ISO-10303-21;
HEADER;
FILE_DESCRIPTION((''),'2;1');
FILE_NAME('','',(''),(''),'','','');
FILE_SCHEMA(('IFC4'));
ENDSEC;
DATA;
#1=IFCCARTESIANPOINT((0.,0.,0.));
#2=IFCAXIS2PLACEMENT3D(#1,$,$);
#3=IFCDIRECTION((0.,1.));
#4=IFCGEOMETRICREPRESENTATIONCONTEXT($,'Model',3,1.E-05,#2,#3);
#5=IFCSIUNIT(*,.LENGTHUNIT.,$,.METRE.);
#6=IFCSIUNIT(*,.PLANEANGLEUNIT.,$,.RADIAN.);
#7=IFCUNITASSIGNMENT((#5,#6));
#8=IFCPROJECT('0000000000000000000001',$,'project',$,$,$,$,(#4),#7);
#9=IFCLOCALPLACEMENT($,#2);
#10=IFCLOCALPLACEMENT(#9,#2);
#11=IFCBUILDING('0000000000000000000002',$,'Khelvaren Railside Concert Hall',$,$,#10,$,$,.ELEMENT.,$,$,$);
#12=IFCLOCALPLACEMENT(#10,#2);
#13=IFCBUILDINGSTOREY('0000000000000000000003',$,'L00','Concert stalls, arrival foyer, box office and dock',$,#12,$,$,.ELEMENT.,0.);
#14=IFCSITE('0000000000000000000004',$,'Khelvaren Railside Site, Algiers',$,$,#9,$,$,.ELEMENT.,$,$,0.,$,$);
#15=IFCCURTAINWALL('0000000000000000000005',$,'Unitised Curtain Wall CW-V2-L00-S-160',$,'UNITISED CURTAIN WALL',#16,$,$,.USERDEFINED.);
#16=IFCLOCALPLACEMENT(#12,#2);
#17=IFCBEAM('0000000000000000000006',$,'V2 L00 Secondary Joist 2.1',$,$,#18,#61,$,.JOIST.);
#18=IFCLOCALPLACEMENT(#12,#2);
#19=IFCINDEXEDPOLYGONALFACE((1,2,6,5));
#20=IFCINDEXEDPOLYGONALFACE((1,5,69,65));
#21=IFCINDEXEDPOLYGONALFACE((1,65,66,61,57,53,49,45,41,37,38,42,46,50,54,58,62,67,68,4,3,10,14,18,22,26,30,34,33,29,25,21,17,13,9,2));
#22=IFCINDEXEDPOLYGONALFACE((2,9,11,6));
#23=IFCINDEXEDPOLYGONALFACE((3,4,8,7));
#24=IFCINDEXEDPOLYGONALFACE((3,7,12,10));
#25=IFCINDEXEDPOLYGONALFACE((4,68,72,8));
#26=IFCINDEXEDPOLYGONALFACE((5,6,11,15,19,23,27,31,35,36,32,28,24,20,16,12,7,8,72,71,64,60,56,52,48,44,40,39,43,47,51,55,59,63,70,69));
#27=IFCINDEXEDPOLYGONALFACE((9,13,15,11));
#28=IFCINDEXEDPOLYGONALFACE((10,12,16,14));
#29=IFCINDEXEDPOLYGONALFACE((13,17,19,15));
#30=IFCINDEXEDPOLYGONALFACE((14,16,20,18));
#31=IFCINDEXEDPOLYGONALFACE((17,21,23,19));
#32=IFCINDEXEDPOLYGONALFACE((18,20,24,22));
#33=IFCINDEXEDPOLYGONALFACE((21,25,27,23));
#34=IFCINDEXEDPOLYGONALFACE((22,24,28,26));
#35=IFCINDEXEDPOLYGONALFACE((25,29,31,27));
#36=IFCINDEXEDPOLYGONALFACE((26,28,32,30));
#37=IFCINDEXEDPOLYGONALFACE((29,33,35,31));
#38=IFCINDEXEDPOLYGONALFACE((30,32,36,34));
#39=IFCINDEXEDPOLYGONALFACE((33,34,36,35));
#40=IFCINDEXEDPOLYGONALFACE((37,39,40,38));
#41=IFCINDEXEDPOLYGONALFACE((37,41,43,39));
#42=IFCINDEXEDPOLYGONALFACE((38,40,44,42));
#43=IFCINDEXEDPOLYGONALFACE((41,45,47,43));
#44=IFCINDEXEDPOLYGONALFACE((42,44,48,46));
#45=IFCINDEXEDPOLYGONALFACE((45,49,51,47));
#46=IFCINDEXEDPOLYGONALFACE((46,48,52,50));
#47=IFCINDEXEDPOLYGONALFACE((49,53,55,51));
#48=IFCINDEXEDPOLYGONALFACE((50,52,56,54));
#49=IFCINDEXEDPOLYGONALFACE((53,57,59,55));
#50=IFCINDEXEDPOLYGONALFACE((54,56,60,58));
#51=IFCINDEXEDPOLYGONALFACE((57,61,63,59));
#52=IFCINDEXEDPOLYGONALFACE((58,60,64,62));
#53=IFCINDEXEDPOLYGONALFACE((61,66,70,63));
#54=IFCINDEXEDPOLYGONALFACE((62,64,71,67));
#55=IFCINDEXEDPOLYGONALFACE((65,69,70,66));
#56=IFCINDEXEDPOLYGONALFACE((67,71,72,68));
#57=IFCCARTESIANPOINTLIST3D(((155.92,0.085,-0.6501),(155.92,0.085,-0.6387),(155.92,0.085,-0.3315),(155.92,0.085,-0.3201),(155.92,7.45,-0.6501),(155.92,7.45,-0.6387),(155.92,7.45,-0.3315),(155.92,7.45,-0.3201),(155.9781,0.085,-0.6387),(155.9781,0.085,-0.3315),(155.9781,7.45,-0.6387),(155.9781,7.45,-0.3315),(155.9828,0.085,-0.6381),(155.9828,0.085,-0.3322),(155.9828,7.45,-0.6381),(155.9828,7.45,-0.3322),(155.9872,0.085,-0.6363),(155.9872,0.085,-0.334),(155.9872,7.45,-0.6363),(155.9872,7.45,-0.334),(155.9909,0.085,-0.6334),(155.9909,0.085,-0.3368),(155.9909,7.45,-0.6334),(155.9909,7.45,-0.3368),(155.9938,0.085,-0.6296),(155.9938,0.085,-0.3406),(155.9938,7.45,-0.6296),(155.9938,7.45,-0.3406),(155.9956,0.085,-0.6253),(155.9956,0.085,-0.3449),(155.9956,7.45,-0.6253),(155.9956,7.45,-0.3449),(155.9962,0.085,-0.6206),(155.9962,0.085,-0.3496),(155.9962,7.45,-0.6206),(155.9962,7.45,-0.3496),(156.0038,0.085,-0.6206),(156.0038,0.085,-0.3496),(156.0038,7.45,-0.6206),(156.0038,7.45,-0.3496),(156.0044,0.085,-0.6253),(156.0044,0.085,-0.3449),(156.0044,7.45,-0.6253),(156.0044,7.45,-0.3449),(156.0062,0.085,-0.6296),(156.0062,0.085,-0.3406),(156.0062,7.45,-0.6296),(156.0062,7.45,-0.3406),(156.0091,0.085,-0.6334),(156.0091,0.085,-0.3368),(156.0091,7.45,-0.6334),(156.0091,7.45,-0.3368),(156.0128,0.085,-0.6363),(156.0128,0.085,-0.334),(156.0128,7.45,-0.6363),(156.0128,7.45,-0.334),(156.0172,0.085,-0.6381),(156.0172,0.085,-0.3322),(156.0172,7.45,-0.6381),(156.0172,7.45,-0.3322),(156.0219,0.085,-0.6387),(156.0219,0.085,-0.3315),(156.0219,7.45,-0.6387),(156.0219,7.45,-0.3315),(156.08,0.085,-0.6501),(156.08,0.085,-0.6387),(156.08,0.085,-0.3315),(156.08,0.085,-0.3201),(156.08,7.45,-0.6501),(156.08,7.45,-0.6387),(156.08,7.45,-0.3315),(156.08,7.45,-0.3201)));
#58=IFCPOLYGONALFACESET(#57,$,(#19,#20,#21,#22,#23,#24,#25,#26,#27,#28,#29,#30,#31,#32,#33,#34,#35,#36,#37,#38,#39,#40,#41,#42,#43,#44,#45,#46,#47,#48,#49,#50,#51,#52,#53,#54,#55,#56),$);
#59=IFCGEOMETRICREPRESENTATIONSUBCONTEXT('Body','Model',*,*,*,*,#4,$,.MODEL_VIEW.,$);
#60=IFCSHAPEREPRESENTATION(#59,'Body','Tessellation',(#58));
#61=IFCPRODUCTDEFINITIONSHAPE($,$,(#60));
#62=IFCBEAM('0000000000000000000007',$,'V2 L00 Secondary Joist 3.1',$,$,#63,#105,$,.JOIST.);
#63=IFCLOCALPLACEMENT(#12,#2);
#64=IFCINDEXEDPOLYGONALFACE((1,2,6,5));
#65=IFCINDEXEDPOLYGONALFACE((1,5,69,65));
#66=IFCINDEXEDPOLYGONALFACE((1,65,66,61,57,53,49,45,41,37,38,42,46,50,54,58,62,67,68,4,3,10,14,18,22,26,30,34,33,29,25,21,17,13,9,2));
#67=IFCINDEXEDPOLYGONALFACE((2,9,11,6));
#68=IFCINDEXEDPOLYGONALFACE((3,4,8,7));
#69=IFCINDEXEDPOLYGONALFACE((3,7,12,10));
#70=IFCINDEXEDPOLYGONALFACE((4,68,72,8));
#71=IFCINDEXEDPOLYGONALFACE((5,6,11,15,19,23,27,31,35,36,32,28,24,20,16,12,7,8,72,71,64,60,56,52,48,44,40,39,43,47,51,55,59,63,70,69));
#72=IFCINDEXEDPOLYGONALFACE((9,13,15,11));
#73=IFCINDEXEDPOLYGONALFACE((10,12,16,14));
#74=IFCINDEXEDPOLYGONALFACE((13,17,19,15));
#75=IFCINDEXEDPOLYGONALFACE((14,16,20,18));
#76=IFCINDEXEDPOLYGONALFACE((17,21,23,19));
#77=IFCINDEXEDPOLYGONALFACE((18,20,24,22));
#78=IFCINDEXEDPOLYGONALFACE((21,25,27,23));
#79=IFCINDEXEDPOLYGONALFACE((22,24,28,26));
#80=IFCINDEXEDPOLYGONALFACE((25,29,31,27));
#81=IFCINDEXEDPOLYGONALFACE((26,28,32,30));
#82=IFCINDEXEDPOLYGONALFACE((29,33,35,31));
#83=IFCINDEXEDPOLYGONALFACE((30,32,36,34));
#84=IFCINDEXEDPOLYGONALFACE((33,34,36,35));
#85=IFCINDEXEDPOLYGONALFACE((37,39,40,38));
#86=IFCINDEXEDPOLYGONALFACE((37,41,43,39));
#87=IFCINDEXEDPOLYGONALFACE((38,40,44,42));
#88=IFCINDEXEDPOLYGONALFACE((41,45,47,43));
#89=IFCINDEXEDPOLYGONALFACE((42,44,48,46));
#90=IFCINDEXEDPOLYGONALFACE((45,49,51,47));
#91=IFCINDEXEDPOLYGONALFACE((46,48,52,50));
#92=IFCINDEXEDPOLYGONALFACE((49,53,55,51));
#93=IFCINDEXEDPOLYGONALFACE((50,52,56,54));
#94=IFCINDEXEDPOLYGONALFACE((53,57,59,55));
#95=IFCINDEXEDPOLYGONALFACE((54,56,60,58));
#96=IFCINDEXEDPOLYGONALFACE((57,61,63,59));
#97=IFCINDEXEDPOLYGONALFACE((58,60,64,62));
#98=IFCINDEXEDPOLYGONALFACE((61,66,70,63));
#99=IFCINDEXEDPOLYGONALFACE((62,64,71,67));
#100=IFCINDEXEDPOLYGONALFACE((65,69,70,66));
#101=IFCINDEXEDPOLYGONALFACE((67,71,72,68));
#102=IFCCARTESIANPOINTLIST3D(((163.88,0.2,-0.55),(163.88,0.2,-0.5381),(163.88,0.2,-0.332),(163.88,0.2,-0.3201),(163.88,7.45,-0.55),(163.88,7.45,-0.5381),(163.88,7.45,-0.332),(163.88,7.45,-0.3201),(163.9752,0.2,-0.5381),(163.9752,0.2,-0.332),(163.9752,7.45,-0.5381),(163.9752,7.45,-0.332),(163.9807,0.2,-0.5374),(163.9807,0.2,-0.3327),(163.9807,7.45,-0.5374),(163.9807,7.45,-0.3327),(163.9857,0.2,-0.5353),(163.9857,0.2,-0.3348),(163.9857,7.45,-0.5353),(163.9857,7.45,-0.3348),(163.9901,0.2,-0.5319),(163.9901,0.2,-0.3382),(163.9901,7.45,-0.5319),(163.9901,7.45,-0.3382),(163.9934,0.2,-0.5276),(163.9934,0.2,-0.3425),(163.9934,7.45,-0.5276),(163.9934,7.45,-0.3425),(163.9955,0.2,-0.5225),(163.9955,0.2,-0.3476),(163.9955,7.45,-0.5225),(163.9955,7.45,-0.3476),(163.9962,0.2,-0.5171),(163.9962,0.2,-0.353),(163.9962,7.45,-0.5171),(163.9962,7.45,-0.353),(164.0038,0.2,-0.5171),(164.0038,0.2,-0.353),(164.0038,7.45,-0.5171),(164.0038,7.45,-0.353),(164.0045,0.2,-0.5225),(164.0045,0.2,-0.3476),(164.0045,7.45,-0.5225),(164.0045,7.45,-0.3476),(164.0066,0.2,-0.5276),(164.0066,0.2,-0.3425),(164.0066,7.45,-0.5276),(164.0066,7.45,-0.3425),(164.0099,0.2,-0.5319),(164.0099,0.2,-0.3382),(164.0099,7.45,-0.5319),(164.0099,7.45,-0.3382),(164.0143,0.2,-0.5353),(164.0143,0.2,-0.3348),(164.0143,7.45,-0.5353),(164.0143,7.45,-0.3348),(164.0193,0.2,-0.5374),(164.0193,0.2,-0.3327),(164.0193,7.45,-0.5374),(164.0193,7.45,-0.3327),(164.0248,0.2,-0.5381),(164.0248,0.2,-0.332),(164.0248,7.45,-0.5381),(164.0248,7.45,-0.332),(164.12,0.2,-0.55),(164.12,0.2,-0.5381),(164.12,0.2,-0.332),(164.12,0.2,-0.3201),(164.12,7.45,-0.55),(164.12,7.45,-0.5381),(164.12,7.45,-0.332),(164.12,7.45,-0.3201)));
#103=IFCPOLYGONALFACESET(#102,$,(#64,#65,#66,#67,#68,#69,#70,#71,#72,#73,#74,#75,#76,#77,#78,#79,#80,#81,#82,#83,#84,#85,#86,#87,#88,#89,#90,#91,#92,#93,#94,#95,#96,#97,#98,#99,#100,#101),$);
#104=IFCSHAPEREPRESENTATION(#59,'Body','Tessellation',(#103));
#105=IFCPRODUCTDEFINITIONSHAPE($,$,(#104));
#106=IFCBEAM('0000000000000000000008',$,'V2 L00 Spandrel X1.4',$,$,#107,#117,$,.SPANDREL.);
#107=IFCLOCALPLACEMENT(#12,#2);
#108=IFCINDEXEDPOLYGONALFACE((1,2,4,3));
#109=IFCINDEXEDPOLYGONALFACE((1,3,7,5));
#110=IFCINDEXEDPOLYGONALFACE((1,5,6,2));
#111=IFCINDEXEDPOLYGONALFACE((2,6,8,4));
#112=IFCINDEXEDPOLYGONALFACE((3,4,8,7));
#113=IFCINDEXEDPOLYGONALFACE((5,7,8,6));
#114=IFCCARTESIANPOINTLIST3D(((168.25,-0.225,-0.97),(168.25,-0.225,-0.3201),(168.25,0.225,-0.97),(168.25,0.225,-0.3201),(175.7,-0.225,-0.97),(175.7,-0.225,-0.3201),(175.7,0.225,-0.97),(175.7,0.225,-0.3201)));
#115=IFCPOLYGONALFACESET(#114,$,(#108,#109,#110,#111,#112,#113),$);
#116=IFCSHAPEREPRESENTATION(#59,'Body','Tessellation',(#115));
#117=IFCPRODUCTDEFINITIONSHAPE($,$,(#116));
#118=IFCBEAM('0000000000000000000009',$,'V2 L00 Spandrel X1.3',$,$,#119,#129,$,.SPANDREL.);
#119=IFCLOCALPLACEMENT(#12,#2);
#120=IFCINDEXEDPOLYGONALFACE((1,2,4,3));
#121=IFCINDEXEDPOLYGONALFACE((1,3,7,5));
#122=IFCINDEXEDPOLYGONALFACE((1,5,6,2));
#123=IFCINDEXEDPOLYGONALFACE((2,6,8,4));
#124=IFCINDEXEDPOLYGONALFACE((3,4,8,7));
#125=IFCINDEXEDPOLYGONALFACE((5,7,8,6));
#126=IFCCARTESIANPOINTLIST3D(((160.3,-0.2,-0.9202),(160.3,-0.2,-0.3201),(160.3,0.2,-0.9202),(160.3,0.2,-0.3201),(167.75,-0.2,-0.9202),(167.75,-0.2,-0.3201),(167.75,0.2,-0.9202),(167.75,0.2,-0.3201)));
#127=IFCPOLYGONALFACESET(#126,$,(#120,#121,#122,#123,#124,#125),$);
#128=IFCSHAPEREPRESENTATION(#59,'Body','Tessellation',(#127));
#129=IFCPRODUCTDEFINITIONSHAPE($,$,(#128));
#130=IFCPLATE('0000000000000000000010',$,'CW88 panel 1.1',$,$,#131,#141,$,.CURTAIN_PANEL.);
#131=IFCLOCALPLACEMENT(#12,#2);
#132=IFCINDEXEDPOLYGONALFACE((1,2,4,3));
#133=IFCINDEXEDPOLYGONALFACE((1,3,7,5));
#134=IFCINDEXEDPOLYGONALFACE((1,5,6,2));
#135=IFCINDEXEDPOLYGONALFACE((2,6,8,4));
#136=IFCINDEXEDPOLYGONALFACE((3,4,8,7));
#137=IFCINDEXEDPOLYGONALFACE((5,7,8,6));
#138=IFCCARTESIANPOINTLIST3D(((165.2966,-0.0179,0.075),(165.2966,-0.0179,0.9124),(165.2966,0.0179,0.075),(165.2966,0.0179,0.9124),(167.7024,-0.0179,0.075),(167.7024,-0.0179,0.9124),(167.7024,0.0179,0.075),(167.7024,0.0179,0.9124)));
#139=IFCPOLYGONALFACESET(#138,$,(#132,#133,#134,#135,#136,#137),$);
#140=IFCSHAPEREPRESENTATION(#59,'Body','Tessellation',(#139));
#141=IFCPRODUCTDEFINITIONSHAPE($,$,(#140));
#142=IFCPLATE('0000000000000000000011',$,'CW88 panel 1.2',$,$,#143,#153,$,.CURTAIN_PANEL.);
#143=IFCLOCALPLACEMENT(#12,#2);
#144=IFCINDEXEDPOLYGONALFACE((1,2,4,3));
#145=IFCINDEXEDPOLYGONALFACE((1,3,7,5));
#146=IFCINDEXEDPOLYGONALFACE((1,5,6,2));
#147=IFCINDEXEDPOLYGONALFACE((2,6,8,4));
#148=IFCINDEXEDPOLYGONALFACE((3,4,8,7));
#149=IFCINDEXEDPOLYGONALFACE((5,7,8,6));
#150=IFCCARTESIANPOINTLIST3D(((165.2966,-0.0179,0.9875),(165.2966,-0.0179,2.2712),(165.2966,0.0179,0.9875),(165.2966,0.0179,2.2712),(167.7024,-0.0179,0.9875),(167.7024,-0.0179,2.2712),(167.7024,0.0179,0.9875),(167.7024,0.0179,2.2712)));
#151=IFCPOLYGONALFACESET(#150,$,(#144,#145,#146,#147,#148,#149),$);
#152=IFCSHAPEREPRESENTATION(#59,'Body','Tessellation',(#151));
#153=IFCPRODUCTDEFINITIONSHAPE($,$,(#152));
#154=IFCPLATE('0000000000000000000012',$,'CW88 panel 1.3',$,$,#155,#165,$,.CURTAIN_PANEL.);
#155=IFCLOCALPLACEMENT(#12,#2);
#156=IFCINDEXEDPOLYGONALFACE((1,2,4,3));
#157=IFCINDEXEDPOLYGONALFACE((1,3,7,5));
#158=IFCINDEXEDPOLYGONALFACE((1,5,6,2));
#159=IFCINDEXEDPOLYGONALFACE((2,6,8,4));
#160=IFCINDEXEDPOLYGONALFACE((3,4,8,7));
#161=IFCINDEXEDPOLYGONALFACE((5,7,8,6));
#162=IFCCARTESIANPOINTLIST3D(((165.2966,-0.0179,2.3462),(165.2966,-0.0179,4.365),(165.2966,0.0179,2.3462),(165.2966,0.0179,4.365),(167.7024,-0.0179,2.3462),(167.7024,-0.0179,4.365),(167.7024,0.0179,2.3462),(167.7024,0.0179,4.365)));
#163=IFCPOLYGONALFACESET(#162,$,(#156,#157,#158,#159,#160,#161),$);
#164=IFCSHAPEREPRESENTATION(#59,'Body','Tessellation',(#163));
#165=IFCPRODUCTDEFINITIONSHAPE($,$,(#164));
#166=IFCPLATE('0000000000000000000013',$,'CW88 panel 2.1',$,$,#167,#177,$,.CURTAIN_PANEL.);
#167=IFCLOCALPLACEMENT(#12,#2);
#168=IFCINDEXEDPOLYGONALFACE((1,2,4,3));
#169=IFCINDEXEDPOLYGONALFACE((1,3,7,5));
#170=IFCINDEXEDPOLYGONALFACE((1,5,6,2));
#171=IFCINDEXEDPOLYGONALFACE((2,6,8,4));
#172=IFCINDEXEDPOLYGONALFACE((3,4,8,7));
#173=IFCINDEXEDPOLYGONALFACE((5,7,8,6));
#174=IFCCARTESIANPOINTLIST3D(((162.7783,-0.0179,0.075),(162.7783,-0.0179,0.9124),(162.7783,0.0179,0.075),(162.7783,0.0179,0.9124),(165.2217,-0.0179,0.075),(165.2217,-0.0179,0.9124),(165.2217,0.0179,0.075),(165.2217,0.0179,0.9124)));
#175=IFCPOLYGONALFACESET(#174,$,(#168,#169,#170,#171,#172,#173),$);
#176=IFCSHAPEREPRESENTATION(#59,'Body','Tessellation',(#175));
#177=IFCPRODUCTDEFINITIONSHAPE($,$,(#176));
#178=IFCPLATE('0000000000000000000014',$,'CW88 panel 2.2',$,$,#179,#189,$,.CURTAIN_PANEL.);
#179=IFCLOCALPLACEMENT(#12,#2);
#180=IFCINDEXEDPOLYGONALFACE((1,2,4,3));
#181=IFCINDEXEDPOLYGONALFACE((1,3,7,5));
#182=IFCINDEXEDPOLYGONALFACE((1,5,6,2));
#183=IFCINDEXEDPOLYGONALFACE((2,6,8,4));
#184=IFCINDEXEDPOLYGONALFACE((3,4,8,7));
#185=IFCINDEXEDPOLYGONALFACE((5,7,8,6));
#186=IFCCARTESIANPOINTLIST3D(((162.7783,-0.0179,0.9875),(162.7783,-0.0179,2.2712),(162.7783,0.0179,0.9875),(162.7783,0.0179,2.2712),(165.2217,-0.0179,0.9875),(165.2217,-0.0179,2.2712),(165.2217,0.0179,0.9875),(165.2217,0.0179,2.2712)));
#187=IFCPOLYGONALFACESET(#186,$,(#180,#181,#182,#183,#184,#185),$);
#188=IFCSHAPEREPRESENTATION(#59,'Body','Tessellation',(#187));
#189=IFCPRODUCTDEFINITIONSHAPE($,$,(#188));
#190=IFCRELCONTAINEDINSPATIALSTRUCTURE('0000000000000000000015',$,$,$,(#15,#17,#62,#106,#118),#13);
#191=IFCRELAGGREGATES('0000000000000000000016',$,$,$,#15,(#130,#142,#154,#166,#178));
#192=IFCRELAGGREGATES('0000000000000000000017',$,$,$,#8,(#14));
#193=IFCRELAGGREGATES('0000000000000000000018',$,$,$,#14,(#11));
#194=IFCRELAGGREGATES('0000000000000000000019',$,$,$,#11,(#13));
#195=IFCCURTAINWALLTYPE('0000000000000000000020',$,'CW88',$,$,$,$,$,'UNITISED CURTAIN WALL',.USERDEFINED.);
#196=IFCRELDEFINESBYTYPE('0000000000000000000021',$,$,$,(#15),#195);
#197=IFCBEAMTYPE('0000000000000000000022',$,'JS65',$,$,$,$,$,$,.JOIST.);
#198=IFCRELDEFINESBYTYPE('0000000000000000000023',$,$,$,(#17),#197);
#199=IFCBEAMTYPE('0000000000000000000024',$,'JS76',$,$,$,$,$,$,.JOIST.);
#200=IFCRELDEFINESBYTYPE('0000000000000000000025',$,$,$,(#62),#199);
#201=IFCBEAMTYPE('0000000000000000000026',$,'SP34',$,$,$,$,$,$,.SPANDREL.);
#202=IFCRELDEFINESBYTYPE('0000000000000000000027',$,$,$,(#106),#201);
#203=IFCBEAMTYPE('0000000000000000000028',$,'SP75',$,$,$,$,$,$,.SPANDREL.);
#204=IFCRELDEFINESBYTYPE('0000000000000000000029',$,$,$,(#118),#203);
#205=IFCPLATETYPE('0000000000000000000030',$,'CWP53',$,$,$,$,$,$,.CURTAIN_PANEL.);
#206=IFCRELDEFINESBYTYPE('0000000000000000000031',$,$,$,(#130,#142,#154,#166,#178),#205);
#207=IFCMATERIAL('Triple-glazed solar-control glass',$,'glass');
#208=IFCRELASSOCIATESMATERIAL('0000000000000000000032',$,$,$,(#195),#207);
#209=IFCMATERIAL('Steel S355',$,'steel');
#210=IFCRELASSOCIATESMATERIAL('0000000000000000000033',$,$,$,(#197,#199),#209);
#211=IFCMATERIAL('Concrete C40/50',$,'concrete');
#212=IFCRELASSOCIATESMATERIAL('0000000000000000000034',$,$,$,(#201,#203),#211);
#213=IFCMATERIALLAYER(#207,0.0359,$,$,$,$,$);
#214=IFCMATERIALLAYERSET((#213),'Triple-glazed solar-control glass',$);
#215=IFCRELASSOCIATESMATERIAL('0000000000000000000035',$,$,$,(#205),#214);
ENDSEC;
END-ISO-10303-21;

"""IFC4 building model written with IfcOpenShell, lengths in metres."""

from ifc_helpers import new_model, si_unit, direction, frame, origin, origin_2d, place, context, subcontext, project, spatial, rectangle, i_section, extrude, material, layer, layer_set, material_profile, profile_set, type_object, element, aggregate, save


model = new_model("IFC4")

# Units and contexts
model_context = context("Model", 3, precision=1e-05, world=origin(), true_north=direction((0.0, 1.0)))
body_context = subcontext(model_context, "Body", "Model", "MODEL_VIEW")
ifc_project = project(units=[si_unit("LENGTHUNIT", "METRE"), si_unit("PLANEANGLEUNIT", "RADIAN")], contexts=[model_context])

# Site, building, storey
site_placement = place(None, origin())
site = spatial("IfcSite", under=ifc_project, at=site_placement, Name="Khelvaren Railside Site, Algiers", CompositionType="ELEMENT", RefElevation=0.0)
building_placement = place(site_placement, origin())
building = spatial("IfcBuilding", under=site, at=building_placement, Name="Khelvaren Railside Concert Hall", CompositionType="ELEMENT")
storey_placement = place(building_placement, origin())
storey = spatial("IfcBuildingStorey", under=building, at=storey_placement, Name="L00", Description="Concert stalls, arrival foyer, box office and dock", CompositionType="ELEMENT", Elevation=0.0)

# Shared definitions
ifc_material_1 = material(Name="Steel S355", Category="steel")

# Curtain wall
ifc_material_2 = material(Name="Triple-glazed solar-control glass", Category="glass")
curtain_wall_type = type_object("IfcCurtainWallType", Name="CW88", ElementType="UNITISED CURTAIN WALL", PredefinedType="USERDEFINED", material=ifc_material_2)
curtain_wall_placement = place(storey_placement, origin())
curtain_wall = element("IfcCurtainWall", 1, at=curtain_wall_placement, inside=storey, type_object=curtain_wall_type, Name="Unitised Curtain Wall CW-V2-L00-S-160", ObjectType="UNITISED CURTAIN WALL", PredefinedType="USERDEFINED")

# Beams
ifc_material_profile_1 = material_profile(ifc_material_1, i_section(OverallWidth=0.1599, OverallDepth=0.3301, WebThickness=0.0076, FlangeThickness=0.0115, FilletRadius=0.0181, at=origin_2d()), Name="IPE 330")
ifc_profile_set_1 = profile_set([ifc_material_profile_1], Name="Steel S355")
beam_type_1 = type_object("IfcBeamType", Name="JS65", PredefinedType="JOIST", material=ifc_profile_set_1)
beam_1_placement = place(storey_placement, frame((156.0, 0.085, -0.4851), z_axis=(0.0, 1.0, 0.0), x_axis=(-1.0, 0.0, 0.0)))
element("IfcBeam", 2, at=beam_1_placement, inside=storey, type_object=beam_type_1, Name="V2 L00 Secondary Joist 2.1", PredefinedType="JOIST", context=body_context, shape_type="SweptSolid", body=[
    extrude(i_section(OverallWidth=0.1599, OverallDepth=0.3301, WebThickness=0.0076, FlangeThickness=0.0115, FilletRadius=0.0181, at=origin_2d()), origin(), (0.0, 0.0, 1.0), 7.365),
])
ifc_material_profile_2 = material_profile(ifc_material_1, i_section(OverallWidth=0.24, OverallDepth=0.23, WebThickness=0.0076, FlangeThickness=0.012, FilletRadius=0.021, at=origin_2d()), Name="HEA 240")
ifc_profile_set_2 = profile_set([ifc_material_profile_2], Name="Steel S355")
beam_type_2 = type_object("IfcBeamType", Name="JS76", PredefinedType="JOIST", material=ifc_profile_set_2)
beam_2_placement = place(storey_placement, frame((164.0, 0.2, -0.4351), z_axis=(0.0, 1.0, 0.0), x_axis=(-1.0, 0.0, 0.0)))
element("IfcBeam", 3, at=beam_2_placement, inside=storey, type_object=beam_type_2, Name="V2 L00 Secondary Joist 3.1", PredefinedType="JOIST", context=body_context, shape_type="SweptSolid", body=[
    extrude(i_section(OverallWidth=0.24, OverallDepth=0.23, WebThickness=0.0076, FlangeThickness=0.012, FilletRadius=0.021, at=origin_2d()), origin(), (0.0, 0.0, 1.0), 7.25),
])
ifc_material_3 = material(Name="Concrete C40/50", Category="concrete")
ifc_material_profile_3 = material_profile(ifc_material_3, rectangle(XDim=0.45, YDim=0.6499, at=origin_2d()), Name="RCB 450x650")
ifc_profile_set_3 = profile_set([ifc_material_profile_3], Name="Concrete C40/50")
beam_type_3 = type_object("IfcBeamType", Name="SP34", PredefinedType="SPANDREL", material=ifc_profile_set_3)
beam_3_placement = place(storey_placement, frame((168.25, 0.0, -0.645), z_axis=(1.0, 0.0, 0.0), x_axis=(0.0, 1.0, 0.0)))
element("IfcBeam", 4, at=beam_3_placement, inside=storey, type_object=beam_type_3, Name="V2 L00 Spandrel X1.4", PredefinedType="SPANDREL", context=body_context, shape_type="SweptSolid", body=[
    extrude(rectangle(XDim=0.45, YDim=0.6499, at=origin_2d()), origin(), (0.0, 0.0, 1.0), 7.45),
])
ifc_material_profile_4 = material_profile(ifc_material_3, rectangle(XDim=0.3999, YDim=0.6001, at=origin_2d()), Name="RCB 400x600")
ifc_profile_set_4 = profile_set([ifc_material_profile_4], Name="Concrete C40/50")
beam_type_4 = type_object("IfcBeamType", Name="SP75", PredefinedType="SPANDREL", material=ifc_profile_set_4)
beam_4_placement = place(storey_placement, frame((160.3, 0.0, -0.6201), z_axis=(1.0, 0.0, 0.0), x_axis=(0.0, 1.0, 0.0)))
element("IfcBeam", 5, at=beam_4_placement, inside=storey, type_object=beam_type_4, Name="V2 L00 Spandrel X1.3", PredefinedType="SPANDREL", context=body_context, shape_type="SweptSolid", body=[
    extrude(rectangle(XDim=0.3999, YDim=0.6001, at=origin_2d()), origin(), (0.0, 0.0, 1.0), 7.45),
])

# Plates
ifc_layer_1 = layer(ifc_material_2, 0.0359)
ifc_layer_set_1 = layer_set([ifc_layer_1], Name="Triple-glazed solar-control glass")
plate_type = type_object("IfcPlateType", Name="CWP53", PredefinedType="CURTAIN_PANEL", material=ifc_layer_set_1)
plate_1_placement = place(storey_placement, frame((166.4995, 0.0, 0.075), z_axis=(0.0, 0.0, 1.0), x_axis=(-1.0, 0.0, 0.0)))
plate_1 = element("IfcPlate", 6, at=plate_1_placement, type_object=plate_type, Name="CW88 panel 1.1", PredefinedType="CURTAIN_PANEL", context=body_context, shape_type="SweptSolid", body=[
    extrude(rectangle(XDim=2.4058, YDim=0.0359, at=origin_2d()), origin(), (0.0, 0.0, 1.0), 0.8374),
])
plate_2_placement = place(storey_placement, frame((166.4995, 0.0, 0.9875), z_axis=(0.0, 0.0, 1.0), x_axis=(-1.0, 0.0, 0.0)))
plate_2 = element("IfcPlate", 7, at=plate_2_placement, type_object=plate_type, Name="CW88 panel 1.2", PredefinedType="CURTAIN_PANEL", context=body_context, shape_type="SweptSolid", body=[
    extrude(rectangle(XDim=2.4058, YDim=0.0359, at=origin_2d()), origin(), (0.0, 0.0, 1.0), 1.2837),
])
plate_3_placement = place(storey_placement, frame((166.4995, 0.0, 2.3462), z_axis=(0.0, 0.0, 1.0), x_axis=(-1.0, 0.0, 0.0)))
plate_3 = element("IfcPlate", 8, at=plate_3_placement, type_object=plate_type, Name="CW88 panel 1.3", PredefinedType="CURTAIN_PANEL", context=body_context, shape_type="SweptSolid", body=[
    extrude(rectangle(XDim=2.4058, YDim=0.0359, at=origin_2d()), origin(), (0.0, 0.0, 1.0), 2.0188),
])
plate_4_placement = place(storey_placement, frame((164.0, 0.0, 0.075), z_axis=(0.0, 0.0, 1.0), x_axis=(-1.0, 0.0, 0.0)))
plate_4 = element("IfcPlate", 9, at=plate_4_placement, type_object=plate_type, Name="CW88 panel 2.1", PredefinedType="CURTAIN_PANEL", context=body_context, shape_type="SweptSolid", body=[
    extrude(rectangle(XDim=2.4434, YDim=0.0359, at=origin_2d()), origin(), (0.0, 0.0, 1.0), 0.8374),
])
plate_5_placement = place(storey_placement, frame((164.0, 0.0, 0.9875), z_axis=(0.0, 0.0, 1.0), x_axis=(-1.0, 0.0, 0.0)))
plate_5 = element("IfcPlate", 10, at=plate_5_placement, type_object=plate_type, Name="CW88 panel 2.2", PredefinedType="CURTAIN_PANEL", context=body_context, shape_type="SweptSolid", body=[
    extrude(rectangle(XDim=2.4434, YDim=0.0359, at=origin_2d()), origin(), (0.0, 0.0, 1.0), 1.2837),
])
aggregate(curtain_wall, [plate_1, plate_2, plate_3, plate_4, plate_5])

save(model, "model.ifc")
